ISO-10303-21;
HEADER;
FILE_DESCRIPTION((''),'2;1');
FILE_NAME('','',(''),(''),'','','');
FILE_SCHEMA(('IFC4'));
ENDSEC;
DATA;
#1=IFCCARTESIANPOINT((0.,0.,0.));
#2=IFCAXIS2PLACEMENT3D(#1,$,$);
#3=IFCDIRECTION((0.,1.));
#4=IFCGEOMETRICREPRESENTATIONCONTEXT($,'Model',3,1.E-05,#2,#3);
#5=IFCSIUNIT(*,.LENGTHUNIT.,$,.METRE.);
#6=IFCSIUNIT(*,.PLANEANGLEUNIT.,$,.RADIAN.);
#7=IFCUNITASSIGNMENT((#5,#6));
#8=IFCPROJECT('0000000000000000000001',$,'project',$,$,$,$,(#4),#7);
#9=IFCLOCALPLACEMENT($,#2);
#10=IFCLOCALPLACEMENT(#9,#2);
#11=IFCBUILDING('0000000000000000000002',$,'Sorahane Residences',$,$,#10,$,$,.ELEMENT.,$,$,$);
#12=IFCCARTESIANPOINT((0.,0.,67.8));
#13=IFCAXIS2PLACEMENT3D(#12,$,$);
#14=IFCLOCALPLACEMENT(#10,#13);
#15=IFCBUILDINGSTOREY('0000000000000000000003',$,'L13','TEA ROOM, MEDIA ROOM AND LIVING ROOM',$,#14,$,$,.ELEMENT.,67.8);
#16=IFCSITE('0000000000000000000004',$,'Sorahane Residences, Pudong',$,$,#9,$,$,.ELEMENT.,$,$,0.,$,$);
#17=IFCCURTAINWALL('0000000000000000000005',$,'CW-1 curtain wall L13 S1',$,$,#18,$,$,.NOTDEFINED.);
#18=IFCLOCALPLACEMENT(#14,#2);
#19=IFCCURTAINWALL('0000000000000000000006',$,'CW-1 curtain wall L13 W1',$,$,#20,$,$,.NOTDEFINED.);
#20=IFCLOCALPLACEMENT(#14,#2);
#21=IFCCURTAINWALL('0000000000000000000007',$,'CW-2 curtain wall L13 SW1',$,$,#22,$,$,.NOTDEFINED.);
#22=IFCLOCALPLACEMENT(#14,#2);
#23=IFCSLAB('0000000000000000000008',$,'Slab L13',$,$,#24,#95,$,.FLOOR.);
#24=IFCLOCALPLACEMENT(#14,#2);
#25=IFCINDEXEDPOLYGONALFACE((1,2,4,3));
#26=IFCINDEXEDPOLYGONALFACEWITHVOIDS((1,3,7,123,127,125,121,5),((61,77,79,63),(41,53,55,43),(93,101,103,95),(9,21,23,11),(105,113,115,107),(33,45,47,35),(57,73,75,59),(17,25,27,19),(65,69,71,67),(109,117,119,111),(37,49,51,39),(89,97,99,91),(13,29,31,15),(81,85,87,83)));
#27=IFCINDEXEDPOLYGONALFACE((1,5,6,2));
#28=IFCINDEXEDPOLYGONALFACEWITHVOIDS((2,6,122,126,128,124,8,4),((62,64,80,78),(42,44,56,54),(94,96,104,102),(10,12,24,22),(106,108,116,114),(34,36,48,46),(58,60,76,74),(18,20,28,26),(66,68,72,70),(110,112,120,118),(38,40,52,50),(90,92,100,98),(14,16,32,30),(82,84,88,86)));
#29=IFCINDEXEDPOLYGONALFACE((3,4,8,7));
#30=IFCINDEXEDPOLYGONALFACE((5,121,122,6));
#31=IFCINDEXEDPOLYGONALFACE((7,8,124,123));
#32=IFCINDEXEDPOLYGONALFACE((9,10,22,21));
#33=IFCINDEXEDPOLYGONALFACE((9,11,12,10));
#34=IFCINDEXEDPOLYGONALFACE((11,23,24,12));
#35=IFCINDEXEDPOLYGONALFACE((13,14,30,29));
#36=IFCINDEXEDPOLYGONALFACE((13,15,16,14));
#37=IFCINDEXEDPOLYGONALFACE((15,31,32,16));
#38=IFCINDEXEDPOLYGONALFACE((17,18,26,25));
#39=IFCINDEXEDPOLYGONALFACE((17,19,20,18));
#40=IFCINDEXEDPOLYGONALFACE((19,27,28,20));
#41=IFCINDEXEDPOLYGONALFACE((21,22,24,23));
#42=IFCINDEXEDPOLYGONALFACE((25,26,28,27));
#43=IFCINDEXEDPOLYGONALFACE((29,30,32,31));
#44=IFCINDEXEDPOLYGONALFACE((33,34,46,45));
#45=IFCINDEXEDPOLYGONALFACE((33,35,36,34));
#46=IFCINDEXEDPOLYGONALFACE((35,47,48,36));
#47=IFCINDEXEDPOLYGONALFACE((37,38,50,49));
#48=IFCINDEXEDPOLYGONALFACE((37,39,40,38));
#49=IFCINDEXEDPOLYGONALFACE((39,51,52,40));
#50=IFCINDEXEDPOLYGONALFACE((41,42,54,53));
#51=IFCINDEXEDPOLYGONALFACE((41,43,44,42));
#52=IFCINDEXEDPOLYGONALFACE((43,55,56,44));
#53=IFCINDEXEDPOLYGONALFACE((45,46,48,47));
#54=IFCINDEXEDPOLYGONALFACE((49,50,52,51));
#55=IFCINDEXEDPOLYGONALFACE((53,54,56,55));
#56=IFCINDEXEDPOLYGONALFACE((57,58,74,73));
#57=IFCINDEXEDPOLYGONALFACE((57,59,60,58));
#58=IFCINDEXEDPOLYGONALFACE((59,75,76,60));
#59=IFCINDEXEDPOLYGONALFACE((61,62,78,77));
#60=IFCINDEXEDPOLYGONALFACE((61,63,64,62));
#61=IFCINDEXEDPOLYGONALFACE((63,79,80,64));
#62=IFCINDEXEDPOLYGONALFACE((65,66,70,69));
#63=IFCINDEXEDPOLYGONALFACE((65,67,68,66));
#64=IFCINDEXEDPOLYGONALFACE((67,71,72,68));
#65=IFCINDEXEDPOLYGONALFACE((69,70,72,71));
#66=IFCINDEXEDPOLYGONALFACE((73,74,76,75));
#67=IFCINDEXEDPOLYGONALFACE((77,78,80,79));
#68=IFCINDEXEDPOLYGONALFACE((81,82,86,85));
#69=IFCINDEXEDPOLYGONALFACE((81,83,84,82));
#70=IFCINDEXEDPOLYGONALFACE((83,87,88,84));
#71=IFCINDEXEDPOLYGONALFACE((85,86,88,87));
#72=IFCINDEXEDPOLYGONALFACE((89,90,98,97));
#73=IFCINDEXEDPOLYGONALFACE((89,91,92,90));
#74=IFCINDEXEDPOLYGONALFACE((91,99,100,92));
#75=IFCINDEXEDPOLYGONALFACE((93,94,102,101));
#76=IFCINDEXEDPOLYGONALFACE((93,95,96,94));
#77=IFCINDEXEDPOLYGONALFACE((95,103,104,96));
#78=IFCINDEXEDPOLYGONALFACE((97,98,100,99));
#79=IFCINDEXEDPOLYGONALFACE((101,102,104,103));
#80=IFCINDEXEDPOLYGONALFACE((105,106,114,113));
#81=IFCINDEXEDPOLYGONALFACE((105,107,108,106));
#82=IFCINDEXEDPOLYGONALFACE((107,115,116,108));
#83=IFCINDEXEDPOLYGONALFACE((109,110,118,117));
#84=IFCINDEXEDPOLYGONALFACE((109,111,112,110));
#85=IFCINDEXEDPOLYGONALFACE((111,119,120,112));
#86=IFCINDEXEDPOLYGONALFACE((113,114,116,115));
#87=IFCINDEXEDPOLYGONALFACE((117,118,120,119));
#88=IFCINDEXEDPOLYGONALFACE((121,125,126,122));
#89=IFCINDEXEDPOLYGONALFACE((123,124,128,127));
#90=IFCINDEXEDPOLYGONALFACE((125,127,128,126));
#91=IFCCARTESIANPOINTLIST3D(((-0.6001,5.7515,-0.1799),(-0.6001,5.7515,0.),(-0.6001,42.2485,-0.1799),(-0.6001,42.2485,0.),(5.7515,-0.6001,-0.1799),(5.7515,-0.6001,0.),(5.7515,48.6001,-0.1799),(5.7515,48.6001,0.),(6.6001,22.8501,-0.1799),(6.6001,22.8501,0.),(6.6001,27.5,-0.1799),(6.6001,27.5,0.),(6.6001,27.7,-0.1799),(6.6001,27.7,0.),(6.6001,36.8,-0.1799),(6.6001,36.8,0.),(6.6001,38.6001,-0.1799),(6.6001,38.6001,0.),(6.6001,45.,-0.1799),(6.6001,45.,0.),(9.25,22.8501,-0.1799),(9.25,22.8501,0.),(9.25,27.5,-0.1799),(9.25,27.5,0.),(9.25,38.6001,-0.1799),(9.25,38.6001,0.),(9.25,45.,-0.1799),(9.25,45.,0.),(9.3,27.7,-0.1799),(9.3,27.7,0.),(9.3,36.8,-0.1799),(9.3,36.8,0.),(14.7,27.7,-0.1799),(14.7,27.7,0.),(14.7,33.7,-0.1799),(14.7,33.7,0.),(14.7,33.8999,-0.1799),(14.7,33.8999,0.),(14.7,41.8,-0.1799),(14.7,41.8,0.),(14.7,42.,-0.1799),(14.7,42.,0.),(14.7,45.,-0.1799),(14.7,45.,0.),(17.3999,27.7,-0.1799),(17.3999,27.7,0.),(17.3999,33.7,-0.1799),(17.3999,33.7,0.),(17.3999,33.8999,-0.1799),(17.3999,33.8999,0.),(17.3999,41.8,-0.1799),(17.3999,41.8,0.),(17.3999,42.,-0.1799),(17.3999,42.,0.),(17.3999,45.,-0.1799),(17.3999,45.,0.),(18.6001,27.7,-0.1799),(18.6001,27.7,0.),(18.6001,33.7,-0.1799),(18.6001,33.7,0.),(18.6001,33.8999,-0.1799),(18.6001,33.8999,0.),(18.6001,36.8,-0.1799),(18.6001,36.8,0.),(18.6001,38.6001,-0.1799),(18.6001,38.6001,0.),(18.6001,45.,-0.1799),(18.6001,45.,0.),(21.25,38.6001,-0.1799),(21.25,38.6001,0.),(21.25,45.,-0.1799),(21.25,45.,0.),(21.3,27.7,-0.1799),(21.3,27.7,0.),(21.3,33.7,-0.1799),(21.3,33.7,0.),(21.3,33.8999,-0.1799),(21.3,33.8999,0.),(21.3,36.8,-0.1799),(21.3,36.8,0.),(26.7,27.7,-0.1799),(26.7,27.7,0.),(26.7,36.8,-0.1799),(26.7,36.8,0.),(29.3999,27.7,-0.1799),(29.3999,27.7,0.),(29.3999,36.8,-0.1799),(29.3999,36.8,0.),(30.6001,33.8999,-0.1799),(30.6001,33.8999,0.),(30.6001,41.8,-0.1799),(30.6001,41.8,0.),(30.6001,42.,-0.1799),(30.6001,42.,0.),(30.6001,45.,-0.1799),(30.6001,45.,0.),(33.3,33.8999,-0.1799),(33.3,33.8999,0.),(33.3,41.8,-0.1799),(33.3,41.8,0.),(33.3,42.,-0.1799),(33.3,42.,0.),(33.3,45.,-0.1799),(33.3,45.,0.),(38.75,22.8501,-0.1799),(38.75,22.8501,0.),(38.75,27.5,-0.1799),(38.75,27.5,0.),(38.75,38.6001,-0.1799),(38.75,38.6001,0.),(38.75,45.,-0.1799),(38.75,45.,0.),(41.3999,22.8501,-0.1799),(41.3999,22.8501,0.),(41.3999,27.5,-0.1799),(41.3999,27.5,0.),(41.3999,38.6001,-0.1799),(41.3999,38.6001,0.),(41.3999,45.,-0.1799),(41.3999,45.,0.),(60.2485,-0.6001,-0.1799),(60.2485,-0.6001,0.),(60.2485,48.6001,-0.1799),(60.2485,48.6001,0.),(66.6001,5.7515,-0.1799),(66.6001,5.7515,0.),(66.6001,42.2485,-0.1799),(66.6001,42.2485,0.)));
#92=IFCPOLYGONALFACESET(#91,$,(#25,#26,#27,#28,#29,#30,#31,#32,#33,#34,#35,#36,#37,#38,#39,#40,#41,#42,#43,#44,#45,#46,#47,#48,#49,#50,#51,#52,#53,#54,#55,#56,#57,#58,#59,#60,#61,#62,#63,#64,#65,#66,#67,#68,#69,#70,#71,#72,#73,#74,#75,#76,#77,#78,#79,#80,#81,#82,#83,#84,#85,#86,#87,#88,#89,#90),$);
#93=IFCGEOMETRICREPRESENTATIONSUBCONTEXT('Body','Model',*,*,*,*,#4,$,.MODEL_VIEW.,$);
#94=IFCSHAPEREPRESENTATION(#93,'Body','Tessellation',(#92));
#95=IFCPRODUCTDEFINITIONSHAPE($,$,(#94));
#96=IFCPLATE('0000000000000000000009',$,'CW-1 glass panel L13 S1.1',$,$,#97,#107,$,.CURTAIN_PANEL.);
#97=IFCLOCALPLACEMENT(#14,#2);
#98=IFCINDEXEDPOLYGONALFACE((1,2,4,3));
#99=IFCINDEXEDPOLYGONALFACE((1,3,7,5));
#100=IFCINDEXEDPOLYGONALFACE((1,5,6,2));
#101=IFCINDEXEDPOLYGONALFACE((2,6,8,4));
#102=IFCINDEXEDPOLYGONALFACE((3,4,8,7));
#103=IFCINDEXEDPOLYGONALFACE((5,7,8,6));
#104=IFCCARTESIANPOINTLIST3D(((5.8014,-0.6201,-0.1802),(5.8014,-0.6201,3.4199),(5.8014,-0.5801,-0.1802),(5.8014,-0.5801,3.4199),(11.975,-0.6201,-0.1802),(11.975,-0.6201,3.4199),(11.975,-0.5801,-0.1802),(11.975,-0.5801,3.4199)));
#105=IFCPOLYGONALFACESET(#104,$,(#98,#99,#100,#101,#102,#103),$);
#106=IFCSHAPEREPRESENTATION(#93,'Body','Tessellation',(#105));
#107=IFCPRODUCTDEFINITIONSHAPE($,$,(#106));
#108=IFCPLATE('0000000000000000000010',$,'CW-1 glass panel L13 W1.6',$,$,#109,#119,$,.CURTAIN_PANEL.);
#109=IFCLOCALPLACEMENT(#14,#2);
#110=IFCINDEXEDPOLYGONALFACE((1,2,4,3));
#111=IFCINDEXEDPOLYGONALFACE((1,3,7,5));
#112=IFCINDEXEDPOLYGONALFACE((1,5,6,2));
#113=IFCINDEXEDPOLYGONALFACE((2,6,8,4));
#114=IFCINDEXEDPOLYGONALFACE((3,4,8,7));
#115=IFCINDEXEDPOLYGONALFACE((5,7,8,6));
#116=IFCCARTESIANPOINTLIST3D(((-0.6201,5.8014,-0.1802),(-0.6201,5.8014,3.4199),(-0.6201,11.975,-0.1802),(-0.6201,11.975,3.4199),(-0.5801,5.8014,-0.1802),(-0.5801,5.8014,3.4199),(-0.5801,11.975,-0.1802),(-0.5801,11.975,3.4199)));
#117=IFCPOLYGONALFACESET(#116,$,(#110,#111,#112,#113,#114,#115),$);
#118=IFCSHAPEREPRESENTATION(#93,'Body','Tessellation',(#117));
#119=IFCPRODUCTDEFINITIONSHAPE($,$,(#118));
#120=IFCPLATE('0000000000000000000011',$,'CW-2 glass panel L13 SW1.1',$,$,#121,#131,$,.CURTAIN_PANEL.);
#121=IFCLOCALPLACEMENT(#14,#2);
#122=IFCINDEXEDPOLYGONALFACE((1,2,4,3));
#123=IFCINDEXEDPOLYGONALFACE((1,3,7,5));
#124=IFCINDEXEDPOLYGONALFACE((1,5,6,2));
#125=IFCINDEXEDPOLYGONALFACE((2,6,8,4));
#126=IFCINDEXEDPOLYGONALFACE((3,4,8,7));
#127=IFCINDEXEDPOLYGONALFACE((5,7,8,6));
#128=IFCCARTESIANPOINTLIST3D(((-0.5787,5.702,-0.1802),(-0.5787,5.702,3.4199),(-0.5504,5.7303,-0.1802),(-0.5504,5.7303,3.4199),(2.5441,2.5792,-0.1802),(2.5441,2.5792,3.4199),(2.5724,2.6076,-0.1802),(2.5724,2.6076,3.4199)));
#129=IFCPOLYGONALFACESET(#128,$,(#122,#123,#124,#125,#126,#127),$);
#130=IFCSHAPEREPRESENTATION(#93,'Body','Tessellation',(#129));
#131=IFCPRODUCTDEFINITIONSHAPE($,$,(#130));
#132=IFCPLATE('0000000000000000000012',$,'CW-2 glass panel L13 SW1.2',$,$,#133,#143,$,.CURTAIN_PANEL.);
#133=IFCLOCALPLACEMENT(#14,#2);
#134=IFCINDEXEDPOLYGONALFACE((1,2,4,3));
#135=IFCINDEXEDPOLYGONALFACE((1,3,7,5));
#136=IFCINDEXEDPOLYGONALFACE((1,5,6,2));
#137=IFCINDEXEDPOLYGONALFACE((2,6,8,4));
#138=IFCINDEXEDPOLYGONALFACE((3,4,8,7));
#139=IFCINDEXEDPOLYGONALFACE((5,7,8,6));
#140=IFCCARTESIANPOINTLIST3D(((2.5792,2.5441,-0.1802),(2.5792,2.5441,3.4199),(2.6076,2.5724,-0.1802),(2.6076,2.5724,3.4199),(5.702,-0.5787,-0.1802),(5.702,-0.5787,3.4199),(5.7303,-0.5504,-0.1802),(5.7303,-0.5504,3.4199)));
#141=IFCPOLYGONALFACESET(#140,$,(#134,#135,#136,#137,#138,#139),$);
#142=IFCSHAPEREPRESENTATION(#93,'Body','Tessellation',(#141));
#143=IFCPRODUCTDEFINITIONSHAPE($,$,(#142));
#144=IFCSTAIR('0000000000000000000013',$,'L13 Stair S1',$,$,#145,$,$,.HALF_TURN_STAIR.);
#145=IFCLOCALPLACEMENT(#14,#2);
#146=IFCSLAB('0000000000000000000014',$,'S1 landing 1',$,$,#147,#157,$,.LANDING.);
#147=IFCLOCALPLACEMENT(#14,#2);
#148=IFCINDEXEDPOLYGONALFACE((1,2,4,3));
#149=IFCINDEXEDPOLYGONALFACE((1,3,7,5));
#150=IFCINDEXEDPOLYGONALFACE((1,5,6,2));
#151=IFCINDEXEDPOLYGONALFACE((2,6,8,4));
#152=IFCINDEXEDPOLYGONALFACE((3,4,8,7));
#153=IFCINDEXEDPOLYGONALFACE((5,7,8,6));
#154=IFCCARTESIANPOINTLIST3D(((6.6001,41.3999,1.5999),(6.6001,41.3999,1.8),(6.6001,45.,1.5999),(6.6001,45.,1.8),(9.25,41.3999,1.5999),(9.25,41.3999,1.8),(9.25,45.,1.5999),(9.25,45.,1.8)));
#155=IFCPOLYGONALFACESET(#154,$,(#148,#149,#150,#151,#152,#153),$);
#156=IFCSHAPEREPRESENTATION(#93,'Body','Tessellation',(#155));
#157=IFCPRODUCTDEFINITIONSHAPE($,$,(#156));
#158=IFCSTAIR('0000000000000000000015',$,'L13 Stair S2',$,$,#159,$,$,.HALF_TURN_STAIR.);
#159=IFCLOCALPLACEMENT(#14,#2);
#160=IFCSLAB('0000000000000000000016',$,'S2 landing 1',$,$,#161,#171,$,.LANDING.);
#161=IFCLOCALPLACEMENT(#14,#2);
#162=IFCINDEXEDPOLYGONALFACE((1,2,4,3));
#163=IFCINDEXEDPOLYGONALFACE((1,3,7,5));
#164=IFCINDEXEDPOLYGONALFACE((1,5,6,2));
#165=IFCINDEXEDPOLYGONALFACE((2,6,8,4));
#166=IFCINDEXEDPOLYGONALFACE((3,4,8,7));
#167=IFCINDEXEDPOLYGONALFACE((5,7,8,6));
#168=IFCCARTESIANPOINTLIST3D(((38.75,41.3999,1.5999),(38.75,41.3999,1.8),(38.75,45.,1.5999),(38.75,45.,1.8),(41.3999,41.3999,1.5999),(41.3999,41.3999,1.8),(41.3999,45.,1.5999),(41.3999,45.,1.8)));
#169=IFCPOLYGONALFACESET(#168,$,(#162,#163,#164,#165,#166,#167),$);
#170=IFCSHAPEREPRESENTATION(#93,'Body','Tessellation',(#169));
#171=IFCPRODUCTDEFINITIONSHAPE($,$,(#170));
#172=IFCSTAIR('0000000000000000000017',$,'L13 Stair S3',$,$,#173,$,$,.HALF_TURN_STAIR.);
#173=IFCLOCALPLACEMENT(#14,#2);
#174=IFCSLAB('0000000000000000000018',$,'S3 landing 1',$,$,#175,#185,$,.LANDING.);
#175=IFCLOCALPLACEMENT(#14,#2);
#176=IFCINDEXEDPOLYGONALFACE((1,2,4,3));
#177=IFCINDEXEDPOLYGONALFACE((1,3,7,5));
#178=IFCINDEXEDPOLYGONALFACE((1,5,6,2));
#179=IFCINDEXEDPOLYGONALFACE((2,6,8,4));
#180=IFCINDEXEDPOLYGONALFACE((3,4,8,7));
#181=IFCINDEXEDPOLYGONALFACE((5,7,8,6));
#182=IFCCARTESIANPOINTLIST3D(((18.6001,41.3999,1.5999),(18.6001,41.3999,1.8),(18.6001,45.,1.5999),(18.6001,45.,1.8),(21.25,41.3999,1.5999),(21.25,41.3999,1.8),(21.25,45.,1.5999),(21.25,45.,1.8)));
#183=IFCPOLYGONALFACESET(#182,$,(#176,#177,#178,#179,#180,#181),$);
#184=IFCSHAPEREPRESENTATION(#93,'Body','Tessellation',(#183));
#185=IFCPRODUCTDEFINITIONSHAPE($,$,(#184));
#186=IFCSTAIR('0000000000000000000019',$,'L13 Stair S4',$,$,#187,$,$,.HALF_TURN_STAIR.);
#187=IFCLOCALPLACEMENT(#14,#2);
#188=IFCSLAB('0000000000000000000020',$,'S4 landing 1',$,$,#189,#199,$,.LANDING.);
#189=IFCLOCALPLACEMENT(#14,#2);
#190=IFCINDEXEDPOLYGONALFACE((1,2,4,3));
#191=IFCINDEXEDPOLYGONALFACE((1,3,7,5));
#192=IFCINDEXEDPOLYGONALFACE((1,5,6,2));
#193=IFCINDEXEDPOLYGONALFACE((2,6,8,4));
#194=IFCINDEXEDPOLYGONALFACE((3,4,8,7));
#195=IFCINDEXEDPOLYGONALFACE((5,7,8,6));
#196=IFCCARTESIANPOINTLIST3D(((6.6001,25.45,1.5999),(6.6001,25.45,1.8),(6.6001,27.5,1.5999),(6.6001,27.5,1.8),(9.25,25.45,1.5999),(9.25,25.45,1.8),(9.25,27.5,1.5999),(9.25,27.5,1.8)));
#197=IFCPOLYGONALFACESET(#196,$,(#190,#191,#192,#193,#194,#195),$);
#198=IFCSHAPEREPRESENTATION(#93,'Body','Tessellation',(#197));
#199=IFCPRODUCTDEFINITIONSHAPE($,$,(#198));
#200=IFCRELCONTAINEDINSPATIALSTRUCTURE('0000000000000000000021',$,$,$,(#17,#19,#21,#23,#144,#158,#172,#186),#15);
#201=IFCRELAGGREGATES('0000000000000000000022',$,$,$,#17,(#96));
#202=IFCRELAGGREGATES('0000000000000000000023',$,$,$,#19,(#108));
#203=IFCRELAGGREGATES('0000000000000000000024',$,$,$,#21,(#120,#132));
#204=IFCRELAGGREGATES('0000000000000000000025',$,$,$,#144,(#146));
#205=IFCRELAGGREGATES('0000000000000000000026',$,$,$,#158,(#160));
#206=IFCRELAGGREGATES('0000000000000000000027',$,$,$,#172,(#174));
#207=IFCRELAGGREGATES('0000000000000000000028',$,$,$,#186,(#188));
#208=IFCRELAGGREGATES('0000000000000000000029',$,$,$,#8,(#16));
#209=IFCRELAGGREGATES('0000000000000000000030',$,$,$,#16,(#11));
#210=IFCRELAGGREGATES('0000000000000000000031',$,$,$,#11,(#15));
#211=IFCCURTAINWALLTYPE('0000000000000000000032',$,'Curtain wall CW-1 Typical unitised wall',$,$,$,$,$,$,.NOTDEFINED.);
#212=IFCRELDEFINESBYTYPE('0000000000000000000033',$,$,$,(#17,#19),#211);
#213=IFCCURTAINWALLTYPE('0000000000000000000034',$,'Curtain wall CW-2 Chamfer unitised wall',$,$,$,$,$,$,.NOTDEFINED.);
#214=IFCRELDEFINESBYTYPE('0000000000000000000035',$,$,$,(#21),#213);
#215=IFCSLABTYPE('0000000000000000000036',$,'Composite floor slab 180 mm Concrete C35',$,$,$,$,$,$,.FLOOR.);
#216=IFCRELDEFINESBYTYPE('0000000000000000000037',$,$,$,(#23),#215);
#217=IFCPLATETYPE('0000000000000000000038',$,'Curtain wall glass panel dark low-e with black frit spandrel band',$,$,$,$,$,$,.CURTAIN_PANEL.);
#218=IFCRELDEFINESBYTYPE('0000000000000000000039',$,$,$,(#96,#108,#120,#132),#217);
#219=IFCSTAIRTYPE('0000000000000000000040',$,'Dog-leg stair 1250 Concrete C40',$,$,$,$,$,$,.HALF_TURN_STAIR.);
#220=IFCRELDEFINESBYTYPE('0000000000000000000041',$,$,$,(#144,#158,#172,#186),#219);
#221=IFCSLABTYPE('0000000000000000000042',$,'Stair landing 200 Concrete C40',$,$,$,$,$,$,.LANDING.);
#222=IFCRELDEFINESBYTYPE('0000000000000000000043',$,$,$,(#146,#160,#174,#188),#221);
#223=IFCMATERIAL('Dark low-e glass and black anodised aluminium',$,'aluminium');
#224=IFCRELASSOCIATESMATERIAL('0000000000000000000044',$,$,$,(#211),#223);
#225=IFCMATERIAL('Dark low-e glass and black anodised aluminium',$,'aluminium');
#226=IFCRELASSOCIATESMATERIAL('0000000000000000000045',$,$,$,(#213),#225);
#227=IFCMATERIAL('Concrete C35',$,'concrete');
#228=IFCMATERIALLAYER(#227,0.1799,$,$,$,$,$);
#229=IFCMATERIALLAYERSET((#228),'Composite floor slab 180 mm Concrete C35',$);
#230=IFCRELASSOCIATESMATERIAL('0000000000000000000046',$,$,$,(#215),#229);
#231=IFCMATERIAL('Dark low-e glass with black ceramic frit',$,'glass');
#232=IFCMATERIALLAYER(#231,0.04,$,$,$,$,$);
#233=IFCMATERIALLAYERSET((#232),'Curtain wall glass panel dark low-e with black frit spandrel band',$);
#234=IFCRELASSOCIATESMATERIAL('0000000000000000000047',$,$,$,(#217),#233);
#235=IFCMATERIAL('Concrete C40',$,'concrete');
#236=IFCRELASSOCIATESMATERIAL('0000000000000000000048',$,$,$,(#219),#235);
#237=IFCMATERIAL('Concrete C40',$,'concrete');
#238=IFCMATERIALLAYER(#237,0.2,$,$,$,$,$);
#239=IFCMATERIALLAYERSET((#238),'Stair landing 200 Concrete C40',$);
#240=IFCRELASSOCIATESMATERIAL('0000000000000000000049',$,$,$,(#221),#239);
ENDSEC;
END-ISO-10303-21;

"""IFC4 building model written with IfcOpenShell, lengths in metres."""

from ifc_helpers import new_model, si_unit, direction, frame, origin, origin_2d, place, context, subcontext, project, spatial, polyline, rectangle, outline, extrude, material, layer, layer_set, type_object, element, aggregate, save


model = new_model("IFC4")

# Units and contexts
model_context = context("Model", 3, precision=1e-05, world=origin(), true_north=direction((0.0, 1.0)))
body_context = subcontext(model_context, "Body", "Model", "MODEL_VIEW")
ifc_project = project(units=[si_unit("LENGTHUNIT", "METRE"), si_unit("PLANEANGLEUNIT", "RADIAN")], contexts=[model_context])

# Site, building, storey
site_placement = place(None, origin())
site = spatial("IfcSite", under=ifc_project, at=site_placement, Name="Sorahane Residences, Pudong", CompositionType="ELEMENT", RefElevation=0.0)
building_placement = place(site_placement, origin())
building = spatial("IfcBuilding", under=site, at=building_placement, Name="Sorahane Residences", CompositionType="ELEMENT")
storey_placement = place(building_placement, frame((0.0, 0.0, 67.8)))
storey = spatial("IfcBuildingStorey", under=building, at=storey_placement, Name="L13", Description="TEA ROOM, MEDIA ROOM AND LIVING ROOM", CompositionType="ELEMENT", Elevation=67.8)

# Curtain walls
ifc_material_1 = material(Name="Dark low-e glass and black anodised aluminium", Category="aluminium")
curtain_wall_type_1 = type_object("IfcCurtainWallType", Name="Curtain wall CW-1 Typical unitised wall", PredefinedType="NOTDEFINED", material=ifc_material_1)
curtain_wall_1_placement = place(storey_placement, origin())
curtain_wall_1 = element("IfcCurtainWall", 1, at=curtain_wall_1_placement, inside=storey, type_object=curtain_wall_type_1, Name="CW-1 curtain wall L13 S1", PredefinedType="NOTDEFINED")
curtain_wall_2_placement = place(storey_placement, origin())
curtain_wall_2 = element("IfcCurtainWall", 2, at=curtain_wall_2_placement, inside=storey, type_object=curtain_wall_type_1, Name="CW-1 curtain wall L13 W1", PredefinedType="NOTDEFINED")

# Curtain wall
ifc_material_2 = material(Name="Dark low-e glass and black anodised aluminium", Category="aluminium")
curtain_wall_type_2 = type_object("IfcCurtainWallType", Name="Curtain wall CW-2 Chamfer unitised wall", PredefinedType="NOTDEFINED", material=ifc_material_2)
curtain_wall_3_placement = place(storey_placement, origin())
curtain_wall_3 = element("IfcCurtainWall", 3, at=curtain_wall_3_placement, inside=storey, type_object=curtain_wall_type_2, Name="CW-2 curtain wall L13 SW1", PredefinedType="NOTDEFINED")

# Slab
ifc_material_3 = material(Name="Concrete C35", Category="concrete")
ifc_layer_1 = layer(ifc_material_3, 0.1799)
ifc_layer_set_1 = layer_set([ifc_layer_1], Name="Composite floor slab 180 mm Concrete C35")
slab_type_1 = type_object("IfcSlabType", Name="Composite floor slab 180 mm Concrete C35", PredefinedType="FLOOR", material=ifc_layer_set_1)
slab_1_placement = place(storey_placement, frame((0.0, 0.0, -0.1799)))
element("IfcSlab", 4, at=slab_1_placement, inside=storey, type_object=slab_type_1, Name="Slab L13", PredefinedType="FLOOR", context=body_context, shape_type="SweptSolid", body=[
    extrude(outline(polyline([(5.7515, -0.6001), (-0.6001, 5.7515), (-0.6001, 42.2485), (5.7515, 48.6001), (60.2485, 48.6001), (66.6001, 42.2485), (66.6001, 5.7515), (60.2485, -0.6001), (5.7515, -0.6001)]), holes=[polyline([(18.6001, 27.7), (21.3, 27.7), (21.3, 33.7), (18.6001, 33.7), (18.6001, 27.7)]), polyline([(30.6001, 42.0), (33.3, 42.0), (33.3, 45.0), (30.6001, 45.0), (30.6001, 42.0)]), polyline([(14.7, 27.7), (17.3999, 27.7), (17.3999, 33.7), (14.7, 33.7), (14.7, 27.7)]), polyline([(14.7, 42.0), (17.3999, 42.0), (17.3999, 45.0), (14.7, 45.0), (14.7, 42.0)]), polyline([(6.6001, 27.7), (9.3, 27.7), (9.3, 36.8), (6.6001, 36.8), (6.6001, 27.7)]), polyline([(9.25, 38.6001), (9.25, 45.0), (6.6001, 45.0), (6.6001, 38.6001), (9.25, 38.6001)]), polyline([(41.3999, 38.6001), (41.3999, 45.0), (38.75, 45.0), (38.75, 38.6001), (41.3999, 38.6001)]), polyline([(21.25, 38.6001), (21.25, 45.0), (18.6001, 45.0), (18.6001, 38.6001), (21.25, 38.6001)]), polyline([(9.25, 22.8501), (9.25, 27.5), (6.6001, 27.5), (6.6001, 22.8501), (9.25, 22.8501)]), polyline([(41.3999, 22.8501), (41.3999, 27.5), (38.75, 27.5), (38.75, 22.8501), (41.3999, 22.8501)]), polyline([(14.7, 33.8999), (17.3999, 33.8999), (17.3999, 41.8), (14.7, 41.8), (14.7, 33.8999)]), polyline([(30.6001, 33.8999), (33.3, 33.8999), (33.3, 41.8), (30.6001, 41.8), (30.6001, 33.8999)]), polyline([(18.6001, 33.8999), (21.3, 33.8999), (21.3, 36.8), (18.6001, 36.8), (18.6001, 33.8999)]), polyline([(26.7, 27.7), (29.3999, 27.7), (29.3999, 36.8), (26.7, 36.8), (26.7, 27.7)])]), origin(), (0.0, 0.0, 1.0), 0.1799),
])

# Plates
ifc_material_4 = material(Name="Dark low-e glass with black ceramic frit", Category="glass")
ifc_layer_2 = layer(ifc_material_4, 0.04)
ifc_layer_set_2 = layer_set([ifc_layer_2], Name="Curtain wall glass panel dark low-e with black frit spandrel band")
plate_type = type_object("IfcPlateType", Name="Curtain wall glass panel dark low-e with black frit spandrel band", PredefinedType="CURTAIN_PANEL", material=ifc_layer_set_2)
plate_1_placement = place(storey_placement, frame((8.8882, -0.6001, -0.1802), z_axis=(0.0, 0.0, 1.0), x_axis=(1.0, 0.0, 0.0)))
plate_1 = element("IfcPlate", 5, at=plate_1_placement, type_object=plate_type, Name="CW-1 glass panel L13 S1.1", PredefinedType="CURTAIN_PANEL", context=body_context, shape_type="SweptSolid", body=[
    extrude(rectangle(XDim=6.1736, YDim=0.04, at=origin_2d()), origin(), (0.0, 0.0, 1.0), 3.6001),
])
aggregate(curtain_wall_1, [plate_1])
plate_2_placement = place(storey_placement, frame((-0.6001, 8.8882, -0.1802), z_axis=(0.0, 0.0, 1.0), x_axis=(0.0, -1.0, 0.0)))
plate_2 = element("IfcPlate", 6, at=plate_2_placement, type_object=plate_type, Name="CW-1 glass panel L13 W1.6", PredefinedType="CURTAIN_PANEL", context=body_context, shape_type="SweptSolid", body=[
    extrude(rectangle(XDim=6.1736, YDim=0.04, at=origin_2d()), origin(), (0.0, 0.0, 1.0), 3.6001),
])
aggregate(curtain_wall_2, [plate_2])
plate_3_placement = place(storey_placement, frame((0.9968, 4.1548, -0.1802), z_axis=(0.0, 0.0, 1.0), x_axis=(0.707107, -0.707107, 0.0)))
plate_3 = element("IfcPlate", 7, at=plate_3_placement, type_object=plate_type, Name="CW-2 glass panel L13 SW1.1", PredefinedType="CURTAIN_PANEL", context=body_context, shape_type="SweptSolid", body=[
    extrude(rectangle(XDim=4.4163, YDim=0.04, at=origin_2d()), origin(), (0.0, 0.0, 1.0), 3.6001),
])
plate_4_placement = place(storey_placement, frame((4.1548, 0.9968, -0.1802), z_axis=(0.0, 0.0, 1.0), x_axis=(0.707107, -0.707107, 0.0)))
plate_4 = element("IfcPlate", 8, at=plate_4_placement, type_object=plate_type, Name="CW-2 glass panel L13 SW1.2", PredefinedType="CURTAIN_PANEL", context=body_context, shape_type="SweptSolid", body=[
    extrude(rectangle(XDim=4.4163, YDim=0.04, at=origin_2d()), origin(), (0.0, 0.0, 1.0), 3.6001),
])
aggregate(curtain_wall_3, [plate_3, plate_4])

# Stairs, slabs
ifc_material_5 = material(Name="Concrete C40", Category="concrete")
stair_type = type_object("IfcStairType", Name="Dog-leg stair 1250 Concrete C40", PredefinedType="HALF_TURN_STAIR", material=ifc_material_5)
stair_1_placement = place(storey_placement, origin())
stair_1 = element("IfcStair", 9, at=stair_1_placement, inside=storey, type_object=stair_type, Name="L13 Stair S1", PredefinedType="HALF_TURN_STAIR")
ifc_material_6 = material(Name="Concrete C40", Category="concrete")
ifc_layer_3 = layer(ifc_material_6, 0.2)
ifc_layer_set_3 = layer_set([ifc_layer_3], Name="Stair landing 200 Concrete C40")
slab_type_2 = type_object("IfcSlabType", Name="Stair landing 200 Concrete C40", PredefinedType="LANDING", material=ifc_layer_set_3)
slab_2_placement = place(storey_placement, frame((0.0, 0.0, 1.5999)))
slab_2 = element("IfcSlab", 10, at=slab_2_placement, type_object=slab_type_2, Name="S1 landing 1", PredefinedType="LANDING", context=body_context, shape_type="SweptSolid", body=[
    extrude(outline(polyline([(9.25, 41.3999), (9.25, 45.0), (6.6001, 45.0), (6.6001, 41.3999), (9.25, 41.3999)])), origin(), (0.0, 0.0, 1.0), 0.2002),
])
aggregate(stair_1, [slab_2])
stair_2_placement = place(storey_placement, origin())
stair_2 = element("IfcStair", 11, at=stair_2_placement, inside=storey, type_object=stair_type, Name="L13 Stair S2", PredefinedType="HALF_TURN_STAIR")
slab_3_placement = place(storey_placement, frame((0.0, 0.0, 1.5999)))
slab_3 = element("IfcSlab", 12, at=slab_3_placement, type_object=slab_type_2, Name="S2 landing 1", PredefinedType="LANDING", context=body_context, shape_type="SweptSolid", body=[
    extrude(outline(polyline([(41.3999, 41.3999), (41.3999, 45.0), (38.75, 45.0), (38.75, 41.3999), (41.3999, 41.3999)])), origin(), (0.0, 0.0, 1.0), 0.2002),
])
aggregate(stair_2, [slab_3])
stair_3_placement = place(storey_placement, origin())
stair_3 = element("IfcStair", 13, at=stair_3_placement, inside=storey, type_object=stair_type, Name="L13 Stair S3", PredefinedType="HALF_TURN_STAIR")
slab_4_placement = place(storey_placement, frame((0.0, 0.0, 1.5999)))
slab_4 = element("IfcSlab", 14, at=slab_4_placement, type_object=slab_type_2, Name="S3 landing 1", PredefinedType="LANDING", context=body_context, shape_type="SweptSolid", body=[
    extrude(outline(polyline([(21.25, 41.3999), (21.25, 45.0), (18.6001, 45.0), (18.6001, 41.3999), (21.25, 41.3999)])), origin(), (0.0, 0.0, 1.0), 0.2002),
])
aggregate(stair_3, [slab_4])
stair_4_placement = place(storey_placement, origin())
stair_4 = element("IfcStair", 15, at=stair_4_placement, inside=storey, type_object=stair_type, Name="L13 Stair S4", PredefinedType="HALF_TURN_STAIR")
slab_5_placement = place(storey_placement, frame((0.0, 0.0, 1.5999)))
slab_5 = element("IfcSlab", 16, at=slab_5_placement, type_object=slab_type_2, Name="S4 landing 1", PredefinedType="LANDING", context=body_context, shape_type="SweptSolid", body=[
    extrude(outline(polyline([(9.25, 25.45), (9.25, 27.5), (6.6001, 27.5), (6.6001, 25.45), (9.25, 25.45)])), origin(), (0.0, 0.0, 1.0), 0.2002),
])
aggregate(stair_4, [slab_5])

save(model, "model.ifc")
